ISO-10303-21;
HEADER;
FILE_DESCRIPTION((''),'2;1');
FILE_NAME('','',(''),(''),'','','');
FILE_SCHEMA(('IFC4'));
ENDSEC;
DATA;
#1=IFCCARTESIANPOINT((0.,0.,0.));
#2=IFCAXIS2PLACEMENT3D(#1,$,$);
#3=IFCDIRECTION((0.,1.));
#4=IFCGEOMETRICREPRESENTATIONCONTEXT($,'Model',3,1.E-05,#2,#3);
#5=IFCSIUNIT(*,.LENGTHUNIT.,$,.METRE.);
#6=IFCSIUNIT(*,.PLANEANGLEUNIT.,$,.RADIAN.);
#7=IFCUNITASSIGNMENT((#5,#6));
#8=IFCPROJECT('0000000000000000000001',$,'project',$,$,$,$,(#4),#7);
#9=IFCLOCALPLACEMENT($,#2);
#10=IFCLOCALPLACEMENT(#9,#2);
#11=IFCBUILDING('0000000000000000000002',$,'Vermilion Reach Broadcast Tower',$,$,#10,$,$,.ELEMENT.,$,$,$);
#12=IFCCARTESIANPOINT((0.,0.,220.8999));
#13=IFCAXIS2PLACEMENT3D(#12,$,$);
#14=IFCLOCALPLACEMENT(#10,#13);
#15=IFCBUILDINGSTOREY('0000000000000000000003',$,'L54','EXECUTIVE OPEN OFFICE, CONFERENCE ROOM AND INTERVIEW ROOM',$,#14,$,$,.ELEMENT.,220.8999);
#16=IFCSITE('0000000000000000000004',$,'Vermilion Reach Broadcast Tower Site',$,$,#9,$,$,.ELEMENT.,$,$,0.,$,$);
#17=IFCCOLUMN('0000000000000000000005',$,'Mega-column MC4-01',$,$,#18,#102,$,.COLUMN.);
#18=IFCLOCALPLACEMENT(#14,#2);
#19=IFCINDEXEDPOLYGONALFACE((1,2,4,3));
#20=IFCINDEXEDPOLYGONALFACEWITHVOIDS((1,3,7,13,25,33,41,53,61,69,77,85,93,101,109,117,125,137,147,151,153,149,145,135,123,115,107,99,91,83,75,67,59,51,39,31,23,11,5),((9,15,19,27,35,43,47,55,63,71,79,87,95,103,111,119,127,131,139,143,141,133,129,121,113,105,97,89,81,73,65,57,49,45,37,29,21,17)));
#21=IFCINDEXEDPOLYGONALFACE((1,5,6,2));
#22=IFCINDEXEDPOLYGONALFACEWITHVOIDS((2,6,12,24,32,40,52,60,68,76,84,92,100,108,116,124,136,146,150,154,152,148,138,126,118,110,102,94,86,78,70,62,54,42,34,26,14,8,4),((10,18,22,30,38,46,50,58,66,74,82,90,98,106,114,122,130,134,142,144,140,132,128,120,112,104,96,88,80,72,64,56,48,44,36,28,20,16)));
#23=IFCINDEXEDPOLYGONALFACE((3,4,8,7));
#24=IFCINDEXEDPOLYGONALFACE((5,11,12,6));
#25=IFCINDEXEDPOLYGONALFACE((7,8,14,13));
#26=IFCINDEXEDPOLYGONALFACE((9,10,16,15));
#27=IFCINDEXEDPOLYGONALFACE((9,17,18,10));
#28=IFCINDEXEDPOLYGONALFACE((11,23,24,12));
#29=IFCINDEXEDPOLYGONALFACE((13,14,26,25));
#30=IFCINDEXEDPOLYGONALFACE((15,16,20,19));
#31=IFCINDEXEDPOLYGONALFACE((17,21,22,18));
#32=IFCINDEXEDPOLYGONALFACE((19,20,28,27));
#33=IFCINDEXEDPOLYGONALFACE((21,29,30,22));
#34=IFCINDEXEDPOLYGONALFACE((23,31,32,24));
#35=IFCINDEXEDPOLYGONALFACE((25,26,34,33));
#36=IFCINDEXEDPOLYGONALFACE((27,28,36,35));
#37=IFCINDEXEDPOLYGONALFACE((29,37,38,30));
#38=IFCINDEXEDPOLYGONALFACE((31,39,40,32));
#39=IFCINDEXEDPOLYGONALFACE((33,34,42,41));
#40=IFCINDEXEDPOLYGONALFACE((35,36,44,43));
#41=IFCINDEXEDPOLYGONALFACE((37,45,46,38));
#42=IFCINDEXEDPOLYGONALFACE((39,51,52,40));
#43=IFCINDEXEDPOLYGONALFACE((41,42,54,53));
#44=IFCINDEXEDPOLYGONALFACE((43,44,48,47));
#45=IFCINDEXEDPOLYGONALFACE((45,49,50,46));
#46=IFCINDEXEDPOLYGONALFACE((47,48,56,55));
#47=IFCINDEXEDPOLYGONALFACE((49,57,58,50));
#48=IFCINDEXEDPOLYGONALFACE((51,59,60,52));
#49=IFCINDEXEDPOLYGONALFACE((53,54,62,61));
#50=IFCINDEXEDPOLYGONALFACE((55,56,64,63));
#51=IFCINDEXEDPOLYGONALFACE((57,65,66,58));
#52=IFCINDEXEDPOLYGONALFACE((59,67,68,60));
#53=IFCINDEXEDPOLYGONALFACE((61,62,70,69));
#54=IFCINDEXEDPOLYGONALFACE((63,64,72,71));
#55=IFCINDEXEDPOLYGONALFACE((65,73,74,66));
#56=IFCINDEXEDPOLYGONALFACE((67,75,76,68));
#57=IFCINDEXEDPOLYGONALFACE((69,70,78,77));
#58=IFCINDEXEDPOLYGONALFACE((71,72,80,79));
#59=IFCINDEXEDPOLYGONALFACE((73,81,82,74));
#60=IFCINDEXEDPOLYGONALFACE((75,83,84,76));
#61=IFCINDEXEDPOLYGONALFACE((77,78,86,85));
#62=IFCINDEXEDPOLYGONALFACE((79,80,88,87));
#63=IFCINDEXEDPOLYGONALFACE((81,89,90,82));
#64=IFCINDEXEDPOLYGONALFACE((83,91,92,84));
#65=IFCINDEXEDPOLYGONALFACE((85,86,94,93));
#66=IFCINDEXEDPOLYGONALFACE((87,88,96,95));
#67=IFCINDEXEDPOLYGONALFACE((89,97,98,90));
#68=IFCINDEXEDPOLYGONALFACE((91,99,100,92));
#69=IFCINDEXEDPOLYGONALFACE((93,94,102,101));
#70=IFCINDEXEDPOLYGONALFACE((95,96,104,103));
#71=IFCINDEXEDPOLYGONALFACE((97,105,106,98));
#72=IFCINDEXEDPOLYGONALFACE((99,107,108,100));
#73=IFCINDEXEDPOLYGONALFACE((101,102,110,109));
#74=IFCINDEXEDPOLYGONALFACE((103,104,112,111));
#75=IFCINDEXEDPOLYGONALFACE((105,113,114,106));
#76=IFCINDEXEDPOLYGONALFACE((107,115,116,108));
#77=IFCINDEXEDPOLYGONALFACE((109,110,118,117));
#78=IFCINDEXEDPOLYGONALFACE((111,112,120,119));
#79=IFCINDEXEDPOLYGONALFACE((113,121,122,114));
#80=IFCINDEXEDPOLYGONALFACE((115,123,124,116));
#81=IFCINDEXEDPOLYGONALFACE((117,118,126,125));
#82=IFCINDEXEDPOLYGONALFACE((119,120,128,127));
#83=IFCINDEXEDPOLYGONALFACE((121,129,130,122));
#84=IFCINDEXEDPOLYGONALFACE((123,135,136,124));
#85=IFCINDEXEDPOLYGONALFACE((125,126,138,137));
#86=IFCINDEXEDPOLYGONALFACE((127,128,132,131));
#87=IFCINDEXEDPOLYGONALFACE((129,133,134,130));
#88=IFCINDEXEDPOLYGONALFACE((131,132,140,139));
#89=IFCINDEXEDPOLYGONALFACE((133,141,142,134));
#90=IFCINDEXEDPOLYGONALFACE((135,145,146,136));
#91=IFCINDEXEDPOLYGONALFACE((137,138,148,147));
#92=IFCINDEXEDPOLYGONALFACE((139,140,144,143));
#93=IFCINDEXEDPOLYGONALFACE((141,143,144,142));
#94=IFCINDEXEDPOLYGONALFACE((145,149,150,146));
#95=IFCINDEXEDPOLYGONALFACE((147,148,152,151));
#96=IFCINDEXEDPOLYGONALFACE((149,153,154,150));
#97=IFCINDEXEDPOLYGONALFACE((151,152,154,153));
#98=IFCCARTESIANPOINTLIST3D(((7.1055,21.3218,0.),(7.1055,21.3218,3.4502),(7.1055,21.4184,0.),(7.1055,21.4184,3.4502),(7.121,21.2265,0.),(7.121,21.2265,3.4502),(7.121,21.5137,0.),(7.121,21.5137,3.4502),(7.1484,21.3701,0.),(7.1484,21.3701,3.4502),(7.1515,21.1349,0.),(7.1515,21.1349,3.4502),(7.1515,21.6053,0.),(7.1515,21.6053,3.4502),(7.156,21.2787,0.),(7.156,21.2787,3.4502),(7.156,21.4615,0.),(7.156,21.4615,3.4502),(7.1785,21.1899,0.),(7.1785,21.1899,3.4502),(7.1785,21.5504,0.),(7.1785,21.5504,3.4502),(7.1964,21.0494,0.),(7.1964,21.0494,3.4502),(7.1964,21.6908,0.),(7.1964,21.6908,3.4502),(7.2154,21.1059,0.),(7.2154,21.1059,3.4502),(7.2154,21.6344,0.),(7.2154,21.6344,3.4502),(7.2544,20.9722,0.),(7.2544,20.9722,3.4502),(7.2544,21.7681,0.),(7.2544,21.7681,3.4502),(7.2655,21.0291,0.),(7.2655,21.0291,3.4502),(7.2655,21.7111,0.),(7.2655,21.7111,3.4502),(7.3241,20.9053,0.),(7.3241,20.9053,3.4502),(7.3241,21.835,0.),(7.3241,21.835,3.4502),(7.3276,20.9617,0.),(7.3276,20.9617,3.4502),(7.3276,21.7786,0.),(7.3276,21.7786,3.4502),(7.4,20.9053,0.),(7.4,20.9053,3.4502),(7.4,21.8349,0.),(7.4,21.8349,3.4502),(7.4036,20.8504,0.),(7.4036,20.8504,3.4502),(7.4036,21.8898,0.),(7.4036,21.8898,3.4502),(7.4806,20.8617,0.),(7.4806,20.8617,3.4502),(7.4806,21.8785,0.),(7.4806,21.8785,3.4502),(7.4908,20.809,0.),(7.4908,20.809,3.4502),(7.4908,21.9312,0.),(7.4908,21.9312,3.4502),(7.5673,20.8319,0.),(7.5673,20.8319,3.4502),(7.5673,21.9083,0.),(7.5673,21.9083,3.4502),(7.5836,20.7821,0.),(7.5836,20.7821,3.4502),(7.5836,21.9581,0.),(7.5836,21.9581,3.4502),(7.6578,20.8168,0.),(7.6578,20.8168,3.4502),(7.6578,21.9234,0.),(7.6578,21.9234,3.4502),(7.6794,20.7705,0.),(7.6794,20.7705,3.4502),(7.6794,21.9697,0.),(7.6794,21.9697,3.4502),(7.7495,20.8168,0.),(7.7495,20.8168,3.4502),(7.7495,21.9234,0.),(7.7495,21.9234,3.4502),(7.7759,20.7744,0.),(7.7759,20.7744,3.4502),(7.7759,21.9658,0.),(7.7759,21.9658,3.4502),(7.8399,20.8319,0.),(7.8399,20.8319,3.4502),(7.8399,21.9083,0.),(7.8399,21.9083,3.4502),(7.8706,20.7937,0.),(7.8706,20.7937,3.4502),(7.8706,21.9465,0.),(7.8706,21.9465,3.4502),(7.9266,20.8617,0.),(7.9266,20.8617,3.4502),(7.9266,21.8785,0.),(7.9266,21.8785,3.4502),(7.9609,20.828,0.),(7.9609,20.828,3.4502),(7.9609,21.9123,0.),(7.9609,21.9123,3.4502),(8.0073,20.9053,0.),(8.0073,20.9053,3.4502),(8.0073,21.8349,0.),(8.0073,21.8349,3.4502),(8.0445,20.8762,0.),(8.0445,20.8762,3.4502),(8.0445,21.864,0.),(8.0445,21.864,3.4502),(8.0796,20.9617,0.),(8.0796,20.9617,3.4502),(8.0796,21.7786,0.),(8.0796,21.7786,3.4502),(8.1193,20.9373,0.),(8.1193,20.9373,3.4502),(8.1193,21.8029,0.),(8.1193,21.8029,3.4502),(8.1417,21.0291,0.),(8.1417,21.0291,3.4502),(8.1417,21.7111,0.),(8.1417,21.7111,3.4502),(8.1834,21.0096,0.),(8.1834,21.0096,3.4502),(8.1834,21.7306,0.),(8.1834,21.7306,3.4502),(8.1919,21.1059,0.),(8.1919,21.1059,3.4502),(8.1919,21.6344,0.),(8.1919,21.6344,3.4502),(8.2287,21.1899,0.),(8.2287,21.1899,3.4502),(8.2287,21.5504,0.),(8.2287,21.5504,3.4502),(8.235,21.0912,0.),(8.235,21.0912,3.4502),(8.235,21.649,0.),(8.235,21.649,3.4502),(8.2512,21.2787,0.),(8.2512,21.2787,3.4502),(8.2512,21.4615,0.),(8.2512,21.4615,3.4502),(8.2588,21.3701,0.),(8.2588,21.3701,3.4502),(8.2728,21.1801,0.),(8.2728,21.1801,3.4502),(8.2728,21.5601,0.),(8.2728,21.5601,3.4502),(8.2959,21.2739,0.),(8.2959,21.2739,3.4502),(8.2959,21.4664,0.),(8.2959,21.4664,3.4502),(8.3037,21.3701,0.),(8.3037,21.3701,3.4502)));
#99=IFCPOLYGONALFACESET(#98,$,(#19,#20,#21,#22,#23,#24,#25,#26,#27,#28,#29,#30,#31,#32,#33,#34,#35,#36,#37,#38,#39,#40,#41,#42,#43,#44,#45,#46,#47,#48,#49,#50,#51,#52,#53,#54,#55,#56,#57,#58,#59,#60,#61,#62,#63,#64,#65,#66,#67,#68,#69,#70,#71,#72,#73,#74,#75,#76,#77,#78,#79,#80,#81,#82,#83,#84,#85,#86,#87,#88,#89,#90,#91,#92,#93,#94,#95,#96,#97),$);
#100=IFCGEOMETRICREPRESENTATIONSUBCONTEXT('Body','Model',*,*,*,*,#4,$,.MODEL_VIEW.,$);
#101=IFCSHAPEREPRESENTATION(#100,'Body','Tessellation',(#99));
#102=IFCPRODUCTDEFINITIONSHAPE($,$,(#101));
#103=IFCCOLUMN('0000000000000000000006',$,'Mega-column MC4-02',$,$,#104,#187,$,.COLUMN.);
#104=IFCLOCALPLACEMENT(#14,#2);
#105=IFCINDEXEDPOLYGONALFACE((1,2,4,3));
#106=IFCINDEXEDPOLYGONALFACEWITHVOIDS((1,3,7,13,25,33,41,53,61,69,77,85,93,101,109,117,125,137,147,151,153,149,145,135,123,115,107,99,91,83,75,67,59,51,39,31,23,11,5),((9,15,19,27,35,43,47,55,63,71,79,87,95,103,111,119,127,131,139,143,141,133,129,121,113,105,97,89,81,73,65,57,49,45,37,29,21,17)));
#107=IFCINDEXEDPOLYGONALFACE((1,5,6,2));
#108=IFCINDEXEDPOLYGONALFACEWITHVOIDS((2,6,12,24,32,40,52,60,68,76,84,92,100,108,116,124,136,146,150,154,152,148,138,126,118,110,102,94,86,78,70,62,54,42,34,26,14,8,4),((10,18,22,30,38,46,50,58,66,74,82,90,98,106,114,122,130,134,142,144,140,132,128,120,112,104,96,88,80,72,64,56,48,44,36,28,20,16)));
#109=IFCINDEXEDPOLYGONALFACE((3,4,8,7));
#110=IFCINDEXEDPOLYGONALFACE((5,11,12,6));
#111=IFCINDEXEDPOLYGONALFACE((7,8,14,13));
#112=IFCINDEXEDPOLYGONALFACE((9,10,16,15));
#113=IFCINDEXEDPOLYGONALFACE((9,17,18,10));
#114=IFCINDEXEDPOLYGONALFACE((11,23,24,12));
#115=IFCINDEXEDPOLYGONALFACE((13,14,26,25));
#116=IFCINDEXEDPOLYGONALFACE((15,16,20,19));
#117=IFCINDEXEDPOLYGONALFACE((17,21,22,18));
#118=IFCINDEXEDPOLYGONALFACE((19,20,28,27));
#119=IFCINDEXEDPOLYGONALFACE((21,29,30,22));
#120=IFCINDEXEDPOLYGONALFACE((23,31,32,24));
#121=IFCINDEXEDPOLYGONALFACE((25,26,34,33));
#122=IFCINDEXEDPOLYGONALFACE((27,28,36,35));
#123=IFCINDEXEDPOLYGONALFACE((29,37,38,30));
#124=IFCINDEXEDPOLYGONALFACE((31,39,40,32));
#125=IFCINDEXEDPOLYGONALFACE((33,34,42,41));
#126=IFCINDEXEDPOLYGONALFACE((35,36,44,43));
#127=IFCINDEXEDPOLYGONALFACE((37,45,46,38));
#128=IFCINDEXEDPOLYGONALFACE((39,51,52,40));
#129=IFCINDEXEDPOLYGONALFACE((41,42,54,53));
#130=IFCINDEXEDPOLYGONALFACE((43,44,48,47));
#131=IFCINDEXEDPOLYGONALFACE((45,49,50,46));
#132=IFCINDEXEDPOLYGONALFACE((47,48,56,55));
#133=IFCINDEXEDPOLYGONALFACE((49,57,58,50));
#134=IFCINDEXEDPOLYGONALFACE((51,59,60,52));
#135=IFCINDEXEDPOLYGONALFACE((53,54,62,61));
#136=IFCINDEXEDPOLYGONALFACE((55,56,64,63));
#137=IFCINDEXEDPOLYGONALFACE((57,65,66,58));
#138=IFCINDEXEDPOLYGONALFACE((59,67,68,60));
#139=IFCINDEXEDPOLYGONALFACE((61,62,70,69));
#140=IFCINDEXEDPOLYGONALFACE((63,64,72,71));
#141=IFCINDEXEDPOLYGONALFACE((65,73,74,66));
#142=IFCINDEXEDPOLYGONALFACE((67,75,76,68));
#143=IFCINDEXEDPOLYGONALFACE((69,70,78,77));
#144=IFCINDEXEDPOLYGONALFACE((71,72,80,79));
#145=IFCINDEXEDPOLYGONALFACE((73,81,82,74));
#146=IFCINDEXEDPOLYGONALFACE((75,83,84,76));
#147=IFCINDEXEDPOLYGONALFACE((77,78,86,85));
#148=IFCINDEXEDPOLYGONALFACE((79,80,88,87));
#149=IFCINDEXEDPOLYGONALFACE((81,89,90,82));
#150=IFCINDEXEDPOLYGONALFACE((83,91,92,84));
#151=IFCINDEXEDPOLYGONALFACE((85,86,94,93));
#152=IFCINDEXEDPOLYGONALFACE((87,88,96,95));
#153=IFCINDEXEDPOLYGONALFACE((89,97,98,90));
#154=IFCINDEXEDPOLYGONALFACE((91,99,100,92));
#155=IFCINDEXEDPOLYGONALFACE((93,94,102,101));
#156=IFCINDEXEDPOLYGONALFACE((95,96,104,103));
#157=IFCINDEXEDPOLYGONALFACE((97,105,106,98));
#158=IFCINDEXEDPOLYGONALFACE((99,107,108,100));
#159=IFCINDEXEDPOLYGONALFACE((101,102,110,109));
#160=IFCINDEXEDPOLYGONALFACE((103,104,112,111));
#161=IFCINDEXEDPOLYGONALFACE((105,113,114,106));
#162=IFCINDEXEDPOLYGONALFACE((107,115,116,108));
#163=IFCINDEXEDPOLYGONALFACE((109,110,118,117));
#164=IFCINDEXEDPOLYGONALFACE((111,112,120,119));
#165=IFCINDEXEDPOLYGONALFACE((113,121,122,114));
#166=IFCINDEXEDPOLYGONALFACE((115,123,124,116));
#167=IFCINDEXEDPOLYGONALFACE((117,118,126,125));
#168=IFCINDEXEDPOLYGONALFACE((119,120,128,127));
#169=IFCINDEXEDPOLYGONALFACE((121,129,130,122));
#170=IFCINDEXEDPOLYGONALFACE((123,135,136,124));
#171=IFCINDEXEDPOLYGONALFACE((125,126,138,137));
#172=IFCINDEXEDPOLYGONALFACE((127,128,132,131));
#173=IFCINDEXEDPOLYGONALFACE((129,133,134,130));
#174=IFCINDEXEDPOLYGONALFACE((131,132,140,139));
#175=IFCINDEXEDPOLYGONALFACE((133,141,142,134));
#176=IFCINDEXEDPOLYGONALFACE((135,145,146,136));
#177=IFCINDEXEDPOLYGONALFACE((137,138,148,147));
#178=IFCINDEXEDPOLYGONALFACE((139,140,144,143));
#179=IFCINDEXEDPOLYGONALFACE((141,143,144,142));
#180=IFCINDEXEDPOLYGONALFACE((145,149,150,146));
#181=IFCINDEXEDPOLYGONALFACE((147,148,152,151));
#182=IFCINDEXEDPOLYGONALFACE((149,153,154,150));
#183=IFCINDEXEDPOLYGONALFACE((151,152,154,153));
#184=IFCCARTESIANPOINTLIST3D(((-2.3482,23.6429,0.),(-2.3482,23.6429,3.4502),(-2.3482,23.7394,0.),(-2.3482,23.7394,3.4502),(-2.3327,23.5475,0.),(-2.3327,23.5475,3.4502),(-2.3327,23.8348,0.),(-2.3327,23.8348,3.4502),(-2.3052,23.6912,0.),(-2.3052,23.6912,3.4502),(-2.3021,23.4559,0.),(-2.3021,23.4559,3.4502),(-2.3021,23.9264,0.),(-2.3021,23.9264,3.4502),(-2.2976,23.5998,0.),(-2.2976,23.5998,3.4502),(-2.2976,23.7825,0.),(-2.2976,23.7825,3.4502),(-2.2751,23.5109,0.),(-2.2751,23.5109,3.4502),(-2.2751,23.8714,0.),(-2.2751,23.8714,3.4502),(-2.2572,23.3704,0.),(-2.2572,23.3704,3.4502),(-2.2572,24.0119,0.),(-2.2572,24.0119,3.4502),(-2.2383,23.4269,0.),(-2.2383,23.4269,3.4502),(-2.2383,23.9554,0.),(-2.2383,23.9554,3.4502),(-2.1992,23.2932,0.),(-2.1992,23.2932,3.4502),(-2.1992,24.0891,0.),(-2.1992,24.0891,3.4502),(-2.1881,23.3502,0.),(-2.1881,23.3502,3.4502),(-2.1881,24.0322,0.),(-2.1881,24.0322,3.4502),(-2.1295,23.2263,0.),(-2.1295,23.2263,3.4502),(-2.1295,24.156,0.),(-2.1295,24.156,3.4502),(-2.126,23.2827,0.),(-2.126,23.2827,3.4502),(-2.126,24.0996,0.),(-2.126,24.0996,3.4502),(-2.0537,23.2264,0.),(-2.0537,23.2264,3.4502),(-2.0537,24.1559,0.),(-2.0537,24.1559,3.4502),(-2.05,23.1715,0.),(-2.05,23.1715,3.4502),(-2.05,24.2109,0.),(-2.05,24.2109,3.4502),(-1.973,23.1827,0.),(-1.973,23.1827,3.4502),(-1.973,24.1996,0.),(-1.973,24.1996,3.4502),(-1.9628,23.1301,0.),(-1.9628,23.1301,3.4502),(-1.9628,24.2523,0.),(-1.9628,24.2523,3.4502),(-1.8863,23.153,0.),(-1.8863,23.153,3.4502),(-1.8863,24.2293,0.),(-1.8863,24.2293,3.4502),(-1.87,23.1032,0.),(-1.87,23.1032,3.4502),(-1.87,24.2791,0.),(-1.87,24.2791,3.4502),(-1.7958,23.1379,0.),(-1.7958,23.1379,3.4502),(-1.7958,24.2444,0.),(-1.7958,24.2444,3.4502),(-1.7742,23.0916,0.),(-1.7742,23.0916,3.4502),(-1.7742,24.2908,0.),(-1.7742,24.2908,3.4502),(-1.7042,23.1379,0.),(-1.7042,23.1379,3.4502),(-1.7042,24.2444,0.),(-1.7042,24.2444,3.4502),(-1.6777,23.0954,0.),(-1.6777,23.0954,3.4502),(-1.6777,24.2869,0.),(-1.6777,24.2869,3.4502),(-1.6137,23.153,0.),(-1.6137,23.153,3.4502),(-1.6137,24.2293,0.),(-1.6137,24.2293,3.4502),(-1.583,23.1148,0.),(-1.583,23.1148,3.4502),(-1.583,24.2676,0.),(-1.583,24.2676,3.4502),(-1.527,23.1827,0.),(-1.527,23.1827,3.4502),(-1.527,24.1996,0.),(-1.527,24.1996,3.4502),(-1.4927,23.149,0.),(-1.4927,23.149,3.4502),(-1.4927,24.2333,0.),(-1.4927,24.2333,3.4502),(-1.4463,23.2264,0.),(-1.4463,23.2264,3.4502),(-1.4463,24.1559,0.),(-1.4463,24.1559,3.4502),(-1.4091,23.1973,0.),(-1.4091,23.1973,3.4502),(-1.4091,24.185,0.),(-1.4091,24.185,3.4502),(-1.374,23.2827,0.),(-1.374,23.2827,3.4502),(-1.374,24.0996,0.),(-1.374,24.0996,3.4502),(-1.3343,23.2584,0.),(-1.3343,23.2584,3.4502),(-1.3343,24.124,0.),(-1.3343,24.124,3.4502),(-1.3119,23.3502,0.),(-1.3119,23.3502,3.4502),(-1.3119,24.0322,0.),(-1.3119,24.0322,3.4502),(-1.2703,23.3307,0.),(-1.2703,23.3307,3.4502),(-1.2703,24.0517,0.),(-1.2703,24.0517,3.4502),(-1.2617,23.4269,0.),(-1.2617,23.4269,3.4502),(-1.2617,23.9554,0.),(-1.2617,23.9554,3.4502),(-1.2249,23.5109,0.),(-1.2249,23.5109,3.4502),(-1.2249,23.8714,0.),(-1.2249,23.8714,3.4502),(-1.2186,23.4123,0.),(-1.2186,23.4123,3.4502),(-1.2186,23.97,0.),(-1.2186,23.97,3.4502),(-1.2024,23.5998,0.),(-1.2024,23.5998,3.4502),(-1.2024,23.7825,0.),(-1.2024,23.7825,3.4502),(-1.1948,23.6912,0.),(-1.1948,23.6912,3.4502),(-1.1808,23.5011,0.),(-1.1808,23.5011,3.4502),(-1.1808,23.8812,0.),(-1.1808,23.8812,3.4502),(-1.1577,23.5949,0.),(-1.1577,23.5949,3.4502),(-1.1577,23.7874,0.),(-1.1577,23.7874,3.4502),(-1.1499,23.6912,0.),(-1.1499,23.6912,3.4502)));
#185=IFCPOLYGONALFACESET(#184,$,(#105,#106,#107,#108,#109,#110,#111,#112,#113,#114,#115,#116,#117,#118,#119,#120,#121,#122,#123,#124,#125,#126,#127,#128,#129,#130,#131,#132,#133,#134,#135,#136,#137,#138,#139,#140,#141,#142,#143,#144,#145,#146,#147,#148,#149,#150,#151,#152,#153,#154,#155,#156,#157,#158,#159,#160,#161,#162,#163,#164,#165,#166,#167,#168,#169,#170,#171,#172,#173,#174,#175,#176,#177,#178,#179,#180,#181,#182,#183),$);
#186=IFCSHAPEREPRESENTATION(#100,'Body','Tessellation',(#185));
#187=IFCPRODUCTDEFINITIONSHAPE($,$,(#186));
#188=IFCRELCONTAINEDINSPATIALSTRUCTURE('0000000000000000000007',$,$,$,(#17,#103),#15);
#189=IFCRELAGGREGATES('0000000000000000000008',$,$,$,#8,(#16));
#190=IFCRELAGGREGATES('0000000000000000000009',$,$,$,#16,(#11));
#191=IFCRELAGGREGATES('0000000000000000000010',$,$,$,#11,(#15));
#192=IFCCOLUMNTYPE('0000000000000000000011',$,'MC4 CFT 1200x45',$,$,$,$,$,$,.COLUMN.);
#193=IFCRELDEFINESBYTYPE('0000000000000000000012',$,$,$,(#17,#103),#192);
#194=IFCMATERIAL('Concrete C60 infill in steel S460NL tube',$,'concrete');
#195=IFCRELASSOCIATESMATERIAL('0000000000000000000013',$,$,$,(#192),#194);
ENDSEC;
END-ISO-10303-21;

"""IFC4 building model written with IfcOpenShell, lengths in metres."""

from ifc_helpers import new_model, si_unit, direction, frame, origin, origin_2d, place, context, subcontext, project, spatial, hollow_circle, extrude, material, material_profile, profile_set, type_object, element, save


model = new_model("IFC4")

# Units and contexts
model_context = context("Model", 3, precision=1e-05, world=origin(), true_north=direction((0.0, 1.0)))
body_context = subcontext(model_context, "Body", "Model", "MODEL_VIEW")
ifc_project = project(units=[si_unit("LENGTHUNIT", "METRE"), si_unit("PLANEANGLEUNIT", "RADIAN")], contexts=[model_context])

# Site, building, storey
site_placement = place(None, origin())
site = spatial("IfcSite", under=ifc_project, at=site_placement, Name="Vermilion Reach Broadcast Tower Site", CompositionType="ELEMENT", RefElevation=0.0)
building_placement = place(site_placement, origin())
building = spatial("IfcBuilding", under=site, at=building_placement, Name="Vermilion Reach Broadcast Tower", CompositionType="ELEMENT")
storey_placement = place(building_placement, frame((0.0, 0.0, 220.8999)))
storey = spatial("IfcBuildingStorey", under=building, at=storey_placement, Name="L54", Description="EXECUTIVE OPEN OFFICE, CONFERENCE ROOM AND INTERVIEW ROOM", CompositionType="ELEMENT", Elevation=220.8999)

# Columns
ifc_material_1 = material(Name="Concrete C60 infill in steel S460NL tube", Category="concrete")
ifc_material_profile_1 = material_profile(ifc_material_1, hollow_circle(Radius=0.6001, WallThickness=0.0449, at=origin_2d()), Name="Concrete C60 infill in steel S460NL tube CFT 1200x45")
ifc_profile_set_1 = profile_set([ifc_material_profile_1], Name="Concrete C60 infill in steel S460NL tube")
column_type = type_object("IfcColumnType", Name="MC4 CFT 1200x45", PredefinedType="COLUMN", material=ifc_profile_set_1)
for number, where, z_axis, x_axis, name in (
    (1, (7.7036, 21.3701, 0.0), (0.0, 0.0, 1.0), (1.0, 0.0, 0.0), "Mega-column MC4-01"),
    (2, (-1.75, 23.6912, 0.0), (0.0, 0.0, 1.0), (1.0, 0.0, 0.0), "Mega-column MC4-02"),
):
    element("IfcColumn", number, at=place(storey_placement, frame(where, z_axis=z_axis, x_axis=x_axis)), inside=storey, type_object=column_type, Name=name, PredefinedType="COLUMN", context=body_context, shape_type="SweptSolid", body=[
        extrude(hollow_circle(Radius=0.6001, WallThickness=0.0449, at=origin_2d()), origin(), (0.0, 0.0, 1.0), 3.4502),
    ])

save(model, "model.ifc")
